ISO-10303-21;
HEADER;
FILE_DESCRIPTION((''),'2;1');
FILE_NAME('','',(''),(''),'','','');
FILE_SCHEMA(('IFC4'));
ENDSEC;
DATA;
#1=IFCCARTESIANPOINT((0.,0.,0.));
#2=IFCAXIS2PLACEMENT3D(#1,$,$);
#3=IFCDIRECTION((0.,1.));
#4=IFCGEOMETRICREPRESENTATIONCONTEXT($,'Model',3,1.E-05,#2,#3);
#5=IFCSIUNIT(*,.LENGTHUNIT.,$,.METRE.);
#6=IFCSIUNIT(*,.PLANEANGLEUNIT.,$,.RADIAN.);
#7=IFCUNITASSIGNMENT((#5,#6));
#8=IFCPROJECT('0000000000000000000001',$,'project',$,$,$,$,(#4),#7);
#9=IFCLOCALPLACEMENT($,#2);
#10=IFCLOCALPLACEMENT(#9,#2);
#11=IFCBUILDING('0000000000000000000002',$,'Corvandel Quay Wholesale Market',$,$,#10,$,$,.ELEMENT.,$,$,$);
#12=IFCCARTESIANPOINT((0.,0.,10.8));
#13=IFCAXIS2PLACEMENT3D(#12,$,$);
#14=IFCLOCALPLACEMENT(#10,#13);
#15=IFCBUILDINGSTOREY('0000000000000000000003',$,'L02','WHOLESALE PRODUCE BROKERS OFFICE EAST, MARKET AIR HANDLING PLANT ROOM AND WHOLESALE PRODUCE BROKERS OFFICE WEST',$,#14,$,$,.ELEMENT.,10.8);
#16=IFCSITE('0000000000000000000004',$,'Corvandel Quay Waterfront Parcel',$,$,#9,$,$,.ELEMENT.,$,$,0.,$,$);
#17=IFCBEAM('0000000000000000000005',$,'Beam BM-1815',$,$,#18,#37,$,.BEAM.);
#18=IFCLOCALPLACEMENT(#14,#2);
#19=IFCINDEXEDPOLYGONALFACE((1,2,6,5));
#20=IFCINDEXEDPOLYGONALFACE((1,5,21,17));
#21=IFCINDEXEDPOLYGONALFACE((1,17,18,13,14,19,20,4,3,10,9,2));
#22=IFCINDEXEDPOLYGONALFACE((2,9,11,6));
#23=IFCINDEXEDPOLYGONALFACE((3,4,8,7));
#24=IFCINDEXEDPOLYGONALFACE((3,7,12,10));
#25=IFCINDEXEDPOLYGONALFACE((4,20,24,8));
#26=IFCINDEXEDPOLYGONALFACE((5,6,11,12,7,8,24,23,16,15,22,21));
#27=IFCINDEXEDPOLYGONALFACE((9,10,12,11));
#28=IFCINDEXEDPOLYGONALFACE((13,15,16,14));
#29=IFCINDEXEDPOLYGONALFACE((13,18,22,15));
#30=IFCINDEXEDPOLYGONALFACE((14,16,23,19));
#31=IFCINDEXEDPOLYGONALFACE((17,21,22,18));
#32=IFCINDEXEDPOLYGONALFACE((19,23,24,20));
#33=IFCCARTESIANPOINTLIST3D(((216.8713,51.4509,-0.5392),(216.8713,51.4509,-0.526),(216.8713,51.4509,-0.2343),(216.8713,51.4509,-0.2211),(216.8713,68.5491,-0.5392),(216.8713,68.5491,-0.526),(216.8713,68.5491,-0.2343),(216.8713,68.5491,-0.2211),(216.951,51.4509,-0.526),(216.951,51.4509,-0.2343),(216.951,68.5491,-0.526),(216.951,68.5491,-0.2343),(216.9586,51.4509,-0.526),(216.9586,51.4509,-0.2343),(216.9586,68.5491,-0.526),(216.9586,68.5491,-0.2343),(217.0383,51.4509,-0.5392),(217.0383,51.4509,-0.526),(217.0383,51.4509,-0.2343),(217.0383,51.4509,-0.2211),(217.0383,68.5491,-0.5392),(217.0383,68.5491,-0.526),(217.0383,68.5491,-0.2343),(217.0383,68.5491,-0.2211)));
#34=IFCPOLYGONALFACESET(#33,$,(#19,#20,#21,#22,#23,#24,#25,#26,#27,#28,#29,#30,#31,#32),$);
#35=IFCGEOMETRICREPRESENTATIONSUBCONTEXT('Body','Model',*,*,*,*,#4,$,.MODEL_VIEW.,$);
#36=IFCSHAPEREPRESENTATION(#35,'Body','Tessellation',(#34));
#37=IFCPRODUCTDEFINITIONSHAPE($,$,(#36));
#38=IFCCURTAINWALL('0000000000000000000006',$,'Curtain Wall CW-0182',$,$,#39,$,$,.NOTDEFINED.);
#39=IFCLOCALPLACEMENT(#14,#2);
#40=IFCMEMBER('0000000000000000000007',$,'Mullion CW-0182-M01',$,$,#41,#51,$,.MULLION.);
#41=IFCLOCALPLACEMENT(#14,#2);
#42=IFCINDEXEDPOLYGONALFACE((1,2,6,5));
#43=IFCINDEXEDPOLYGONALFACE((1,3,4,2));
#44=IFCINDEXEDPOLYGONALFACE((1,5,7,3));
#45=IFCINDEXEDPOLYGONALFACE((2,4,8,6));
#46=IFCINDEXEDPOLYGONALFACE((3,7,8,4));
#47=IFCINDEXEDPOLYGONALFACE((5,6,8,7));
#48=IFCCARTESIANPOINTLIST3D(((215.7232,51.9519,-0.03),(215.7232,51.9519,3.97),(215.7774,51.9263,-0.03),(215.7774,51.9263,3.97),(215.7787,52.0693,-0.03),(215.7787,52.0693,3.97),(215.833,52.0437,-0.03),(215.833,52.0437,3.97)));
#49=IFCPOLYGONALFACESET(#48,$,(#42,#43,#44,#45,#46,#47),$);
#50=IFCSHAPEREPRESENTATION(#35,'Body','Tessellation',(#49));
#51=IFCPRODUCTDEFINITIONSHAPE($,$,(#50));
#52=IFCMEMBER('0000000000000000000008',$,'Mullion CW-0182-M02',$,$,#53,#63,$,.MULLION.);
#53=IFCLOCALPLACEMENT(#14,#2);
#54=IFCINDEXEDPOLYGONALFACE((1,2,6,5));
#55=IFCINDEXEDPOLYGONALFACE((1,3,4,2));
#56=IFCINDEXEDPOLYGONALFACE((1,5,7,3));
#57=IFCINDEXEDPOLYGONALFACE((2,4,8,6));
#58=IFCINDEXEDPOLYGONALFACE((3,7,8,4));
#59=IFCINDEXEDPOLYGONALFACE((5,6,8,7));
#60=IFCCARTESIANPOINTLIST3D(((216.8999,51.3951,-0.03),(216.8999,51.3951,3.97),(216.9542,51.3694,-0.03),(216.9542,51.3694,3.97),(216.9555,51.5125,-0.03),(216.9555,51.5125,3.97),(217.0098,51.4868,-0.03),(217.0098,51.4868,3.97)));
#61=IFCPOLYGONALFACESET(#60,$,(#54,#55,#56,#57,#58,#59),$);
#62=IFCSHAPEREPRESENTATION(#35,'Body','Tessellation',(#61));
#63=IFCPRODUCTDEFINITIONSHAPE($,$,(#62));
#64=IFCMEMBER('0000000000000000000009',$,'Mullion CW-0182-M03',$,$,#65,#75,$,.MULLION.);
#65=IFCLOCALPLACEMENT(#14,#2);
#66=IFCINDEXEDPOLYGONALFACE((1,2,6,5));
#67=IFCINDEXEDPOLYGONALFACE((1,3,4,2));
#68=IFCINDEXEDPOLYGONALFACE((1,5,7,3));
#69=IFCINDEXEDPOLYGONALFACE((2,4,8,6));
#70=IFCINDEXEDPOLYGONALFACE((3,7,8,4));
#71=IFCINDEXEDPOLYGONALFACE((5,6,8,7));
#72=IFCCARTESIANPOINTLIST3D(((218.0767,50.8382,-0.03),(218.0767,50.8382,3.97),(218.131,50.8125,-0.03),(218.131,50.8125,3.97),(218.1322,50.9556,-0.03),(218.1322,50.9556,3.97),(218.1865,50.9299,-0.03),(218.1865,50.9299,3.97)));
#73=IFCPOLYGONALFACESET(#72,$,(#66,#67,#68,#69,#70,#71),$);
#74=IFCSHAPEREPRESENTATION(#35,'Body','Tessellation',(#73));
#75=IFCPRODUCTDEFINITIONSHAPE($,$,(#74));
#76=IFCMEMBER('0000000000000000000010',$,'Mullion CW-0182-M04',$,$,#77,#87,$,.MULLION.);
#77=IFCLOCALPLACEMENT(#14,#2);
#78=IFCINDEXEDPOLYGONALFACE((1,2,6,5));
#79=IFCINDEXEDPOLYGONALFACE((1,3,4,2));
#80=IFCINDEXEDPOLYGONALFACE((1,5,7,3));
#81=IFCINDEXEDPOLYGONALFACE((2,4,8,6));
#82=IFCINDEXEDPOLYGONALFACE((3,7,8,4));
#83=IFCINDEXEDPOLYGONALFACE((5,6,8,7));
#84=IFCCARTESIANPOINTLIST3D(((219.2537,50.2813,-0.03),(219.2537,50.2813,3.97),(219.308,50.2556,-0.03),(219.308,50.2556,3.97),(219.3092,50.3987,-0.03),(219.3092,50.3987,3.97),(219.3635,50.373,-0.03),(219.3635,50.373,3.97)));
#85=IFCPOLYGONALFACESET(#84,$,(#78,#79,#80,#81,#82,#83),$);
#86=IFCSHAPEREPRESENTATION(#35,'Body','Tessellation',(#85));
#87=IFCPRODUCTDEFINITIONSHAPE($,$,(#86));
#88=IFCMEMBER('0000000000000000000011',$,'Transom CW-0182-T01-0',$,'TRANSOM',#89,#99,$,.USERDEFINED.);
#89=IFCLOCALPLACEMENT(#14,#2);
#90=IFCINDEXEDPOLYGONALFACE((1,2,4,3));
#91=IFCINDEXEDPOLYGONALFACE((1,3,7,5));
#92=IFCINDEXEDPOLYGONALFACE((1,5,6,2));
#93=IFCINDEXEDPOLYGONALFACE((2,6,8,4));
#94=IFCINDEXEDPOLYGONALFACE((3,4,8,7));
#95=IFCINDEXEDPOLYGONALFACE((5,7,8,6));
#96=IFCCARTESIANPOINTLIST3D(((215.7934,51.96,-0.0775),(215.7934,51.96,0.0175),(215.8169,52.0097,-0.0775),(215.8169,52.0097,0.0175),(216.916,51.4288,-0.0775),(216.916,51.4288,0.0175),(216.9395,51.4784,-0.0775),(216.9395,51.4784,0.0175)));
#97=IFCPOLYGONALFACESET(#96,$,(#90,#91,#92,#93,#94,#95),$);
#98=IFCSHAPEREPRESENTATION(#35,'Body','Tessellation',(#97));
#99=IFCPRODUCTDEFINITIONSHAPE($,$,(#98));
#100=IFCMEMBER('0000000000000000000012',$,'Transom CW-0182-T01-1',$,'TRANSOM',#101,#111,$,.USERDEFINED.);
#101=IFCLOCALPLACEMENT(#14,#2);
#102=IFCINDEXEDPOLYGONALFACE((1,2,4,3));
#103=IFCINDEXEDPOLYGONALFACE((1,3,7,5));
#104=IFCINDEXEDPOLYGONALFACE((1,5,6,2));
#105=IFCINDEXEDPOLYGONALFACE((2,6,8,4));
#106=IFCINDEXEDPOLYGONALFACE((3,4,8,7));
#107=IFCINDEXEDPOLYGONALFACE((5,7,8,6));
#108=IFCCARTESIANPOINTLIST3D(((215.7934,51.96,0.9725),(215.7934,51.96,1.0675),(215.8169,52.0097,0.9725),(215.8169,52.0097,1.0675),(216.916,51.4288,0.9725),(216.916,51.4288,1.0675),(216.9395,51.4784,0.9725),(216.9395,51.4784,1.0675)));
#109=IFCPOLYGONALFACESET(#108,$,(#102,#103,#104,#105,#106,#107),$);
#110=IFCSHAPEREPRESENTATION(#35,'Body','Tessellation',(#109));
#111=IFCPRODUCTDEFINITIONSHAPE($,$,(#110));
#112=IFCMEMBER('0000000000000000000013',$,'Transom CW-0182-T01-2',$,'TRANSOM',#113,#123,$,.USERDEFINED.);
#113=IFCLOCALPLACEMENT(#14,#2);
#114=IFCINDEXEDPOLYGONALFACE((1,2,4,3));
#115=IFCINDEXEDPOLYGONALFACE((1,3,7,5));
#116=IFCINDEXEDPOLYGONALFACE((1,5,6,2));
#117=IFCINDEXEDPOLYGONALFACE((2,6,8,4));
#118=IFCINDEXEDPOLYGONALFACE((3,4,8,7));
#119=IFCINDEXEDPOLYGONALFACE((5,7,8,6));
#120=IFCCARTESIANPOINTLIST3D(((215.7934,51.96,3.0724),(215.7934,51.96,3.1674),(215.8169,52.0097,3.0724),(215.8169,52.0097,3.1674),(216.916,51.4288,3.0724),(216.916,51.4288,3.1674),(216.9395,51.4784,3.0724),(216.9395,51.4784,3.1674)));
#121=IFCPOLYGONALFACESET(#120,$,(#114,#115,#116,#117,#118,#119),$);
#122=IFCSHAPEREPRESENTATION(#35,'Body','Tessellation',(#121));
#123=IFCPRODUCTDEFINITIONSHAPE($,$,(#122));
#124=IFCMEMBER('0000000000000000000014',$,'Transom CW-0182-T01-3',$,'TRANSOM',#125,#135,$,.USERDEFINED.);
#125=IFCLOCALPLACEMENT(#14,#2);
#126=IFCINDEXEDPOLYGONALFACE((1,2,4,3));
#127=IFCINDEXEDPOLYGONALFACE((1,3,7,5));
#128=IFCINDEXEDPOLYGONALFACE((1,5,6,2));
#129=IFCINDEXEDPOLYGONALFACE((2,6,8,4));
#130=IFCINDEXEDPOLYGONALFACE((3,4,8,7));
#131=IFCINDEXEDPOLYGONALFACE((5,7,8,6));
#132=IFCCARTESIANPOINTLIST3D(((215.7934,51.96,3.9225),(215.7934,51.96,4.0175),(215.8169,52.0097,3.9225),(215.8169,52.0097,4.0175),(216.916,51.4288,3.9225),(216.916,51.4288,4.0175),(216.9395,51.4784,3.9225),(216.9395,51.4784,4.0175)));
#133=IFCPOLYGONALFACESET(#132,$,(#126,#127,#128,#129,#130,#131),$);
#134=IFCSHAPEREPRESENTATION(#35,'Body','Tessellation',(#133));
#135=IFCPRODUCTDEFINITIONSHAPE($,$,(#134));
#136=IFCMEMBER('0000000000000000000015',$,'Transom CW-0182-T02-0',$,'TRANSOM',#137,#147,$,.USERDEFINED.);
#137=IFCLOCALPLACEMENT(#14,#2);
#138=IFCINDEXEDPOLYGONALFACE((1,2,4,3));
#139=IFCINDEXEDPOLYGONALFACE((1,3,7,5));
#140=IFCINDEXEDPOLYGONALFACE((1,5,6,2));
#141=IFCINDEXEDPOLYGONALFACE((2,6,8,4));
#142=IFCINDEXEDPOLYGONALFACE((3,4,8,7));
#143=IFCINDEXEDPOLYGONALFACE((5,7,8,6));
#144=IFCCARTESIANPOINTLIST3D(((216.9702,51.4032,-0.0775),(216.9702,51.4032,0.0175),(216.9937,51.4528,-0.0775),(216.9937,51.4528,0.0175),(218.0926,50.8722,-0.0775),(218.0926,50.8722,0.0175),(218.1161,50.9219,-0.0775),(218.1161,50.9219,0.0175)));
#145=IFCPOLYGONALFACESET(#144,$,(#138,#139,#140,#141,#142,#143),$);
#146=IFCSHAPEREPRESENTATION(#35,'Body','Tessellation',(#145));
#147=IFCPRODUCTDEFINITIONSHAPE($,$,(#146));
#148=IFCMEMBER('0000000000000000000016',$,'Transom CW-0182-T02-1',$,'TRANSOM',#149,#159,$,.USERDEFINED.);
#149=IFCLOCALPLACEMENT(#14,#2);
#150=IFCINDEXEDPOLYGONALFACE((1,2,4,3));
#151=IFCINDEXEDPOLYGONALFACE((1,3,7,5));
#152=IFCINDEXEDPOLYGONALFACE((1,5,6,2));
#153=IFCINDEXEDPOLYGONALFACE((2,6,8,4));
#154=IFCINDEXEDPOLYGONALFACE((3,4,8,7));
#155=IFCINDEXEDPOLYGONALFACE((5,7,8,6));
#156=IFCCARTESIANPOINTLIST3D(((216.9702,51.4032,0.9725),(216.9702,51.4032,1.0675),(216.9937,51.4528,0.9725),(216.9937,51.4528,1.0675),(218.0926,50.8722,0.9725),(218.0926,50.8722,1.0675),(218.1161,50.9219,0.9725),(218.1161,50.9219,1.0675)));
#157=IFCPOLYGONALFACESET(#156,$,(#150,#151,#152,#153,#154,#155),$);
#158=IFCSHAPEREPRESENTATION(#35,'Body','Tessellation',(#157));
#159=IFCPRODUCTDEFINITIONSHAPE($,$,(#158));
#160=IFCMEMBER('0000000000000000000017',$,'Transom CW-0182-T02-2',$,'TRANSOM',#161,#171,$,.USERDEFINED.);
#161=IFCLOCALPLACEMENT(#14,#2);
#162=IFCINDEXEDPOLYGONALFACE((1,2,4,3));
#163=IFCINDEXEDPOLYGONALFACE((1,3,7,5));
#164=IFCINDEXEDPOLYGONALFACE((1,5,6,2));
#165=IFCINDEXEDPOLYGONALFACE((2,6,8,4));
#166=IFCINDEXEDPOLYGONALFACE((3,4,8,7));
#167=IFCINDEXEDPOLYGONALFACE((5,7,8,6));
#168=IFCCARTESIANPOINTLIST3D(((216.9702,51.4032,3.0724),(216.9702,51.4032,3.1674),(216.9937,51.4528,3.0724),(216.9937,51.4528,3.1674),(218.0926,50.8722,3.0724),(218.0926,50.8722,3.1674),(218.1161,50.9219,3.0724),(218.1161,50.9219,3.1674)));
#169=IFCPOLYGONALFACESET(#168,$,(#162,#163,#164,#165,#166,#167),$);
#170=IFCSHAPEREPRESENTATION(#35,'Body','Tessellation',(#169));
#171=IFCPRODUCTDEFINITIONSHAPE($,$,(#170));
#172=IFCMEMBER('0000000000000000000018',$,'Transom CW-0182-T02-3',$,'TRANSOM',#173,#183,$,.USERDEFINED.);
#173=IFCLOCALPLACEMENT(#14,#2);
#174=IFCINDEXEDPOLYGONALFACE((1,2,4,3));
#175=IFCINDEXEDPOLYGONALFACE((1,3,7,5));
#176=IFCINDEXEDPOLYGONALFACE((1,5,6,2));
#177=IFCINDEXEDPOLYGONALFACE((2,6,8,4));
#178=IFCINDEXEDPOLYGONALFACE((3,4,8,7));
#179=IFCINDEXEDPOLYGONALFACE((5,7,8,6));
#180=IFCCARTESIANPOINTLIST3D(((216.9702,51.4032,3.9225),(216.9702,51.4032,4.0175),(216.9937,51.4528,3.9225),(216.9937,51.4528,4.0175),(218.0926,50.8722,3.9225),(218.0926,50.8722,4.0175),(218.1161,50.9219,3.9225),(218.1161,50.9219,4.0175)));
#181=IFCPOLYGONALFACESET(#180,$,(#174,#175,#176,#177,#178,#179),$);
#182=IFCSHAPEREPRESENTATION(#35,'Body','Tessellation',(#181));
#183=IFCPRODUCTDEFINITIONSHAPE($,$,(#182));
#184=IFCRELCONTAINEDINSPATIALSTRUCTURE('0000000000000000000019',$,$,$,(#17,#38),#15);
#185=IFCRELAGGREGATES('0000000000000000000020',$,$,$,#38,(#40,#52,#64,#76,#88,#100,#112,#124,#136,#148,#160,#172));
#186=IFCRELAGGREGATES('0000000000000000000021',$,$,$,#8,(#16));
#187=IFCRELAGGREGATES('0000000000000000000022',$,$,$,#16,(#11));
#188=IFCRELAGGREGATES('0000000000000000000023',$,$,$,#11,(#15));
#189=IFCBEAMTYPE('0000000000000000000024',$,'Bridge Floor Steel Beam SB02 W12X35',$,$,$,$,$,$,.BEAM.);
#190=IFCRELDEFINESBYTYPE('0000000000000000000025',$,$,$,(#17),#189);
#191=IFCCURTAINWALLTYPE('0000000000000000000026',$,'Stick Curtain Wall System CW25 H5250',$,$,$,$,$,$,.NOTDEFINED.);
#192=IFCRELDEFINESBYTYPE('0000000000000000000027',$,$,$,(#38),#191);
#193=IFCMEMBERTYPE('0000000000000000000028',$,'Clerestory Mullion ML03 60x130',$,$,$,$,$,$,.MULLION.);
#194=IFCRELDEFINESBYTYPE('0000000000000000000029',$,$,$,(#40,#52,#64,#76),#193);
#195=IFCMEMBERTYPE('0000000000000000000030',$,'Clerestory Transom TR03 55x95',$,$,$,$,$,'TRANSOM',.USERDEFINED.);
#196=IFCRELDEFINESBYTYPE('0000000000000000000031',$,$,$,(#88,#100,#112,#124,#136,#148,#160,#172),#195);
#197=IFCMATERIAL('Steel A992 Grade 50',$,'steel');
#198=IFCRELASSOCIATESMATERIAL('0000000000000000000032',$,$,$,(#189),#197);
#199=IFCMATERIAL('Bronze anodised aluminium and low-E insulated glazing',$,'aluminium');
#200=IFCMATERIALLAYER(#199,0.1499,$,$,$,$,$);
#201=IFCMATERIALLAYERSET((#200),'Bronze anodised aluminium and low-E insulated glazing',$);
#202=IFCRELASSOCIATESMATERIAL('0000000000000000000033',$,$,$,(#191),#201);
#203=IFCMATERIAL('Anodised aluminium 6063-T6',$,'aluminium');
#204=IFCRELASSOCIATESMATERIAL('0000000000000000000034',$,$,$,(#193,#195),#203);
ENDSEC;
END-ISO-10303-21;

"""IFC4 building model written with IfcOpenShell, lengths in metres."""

from ifc_helpers import new_model, si_unit, direction, frame, origin, origin_2d, place, context, subcontext, project, spatial, rectangle, i_section, extrude, material, layer, layer_set, material_profile, profile_set, type_object, element, aggregate, save


model = new_model("IFC4")

# Units and contexts
model_context = context("Model", 3, precision=1e-05, world=origin(), true_north=direction((0.0, 1.0)))
body_context = subcontext(model_context, "Body", "Model", "MODEL_VIEW")
ifc_project = project(units=[si_unit("LENGTHUNIT", "METRE"), si_unit("PLANEANGLEUNIT", "RADIAN")], contexts=[model_context])

# Site, building, storey
site_placement = place(None, origin())
site = spatial("IfcSite", under=ifc_project, at=site_placement, Name="Corvandel Quay Waterfront Parcel", CompositionType="ELEMENT", RefElevation=0.0)
building_placement = place(site_placement, origin())
building = spatial("IfcBuilding", under=site, at=building_placement, Name="Corvandel Quay Wholesale Market", CompositionType="ELEMENT")
storey_placement = place(building_placement, frame((0.0, 0.0, 10.8)))
storey = spatial("IfcBuildingStorey", under=building, at=storey_placement, Name="L02", Description="WHOLESALE PRODUCE BROKERS OFFICE EAST, MARKET AIR HANDLING PLANT ROOM AND WHOLESALE PRODUCE BROKERS OFFICE WEST", CompositionType="ELEMENT", Elevation=10.8)

# Beam
ifc_material_1 = material(Name="Steel A992 Grade 50", Category="steel")
ifc_material_profile_1 = material_profile(ifc_material_1, i_section(OverallWidth=0.167, OverallDepth=0.3181, WebThickness=0.0076, FlangeThickness=0.0132, at=origin_2d()), Name="W12X35")
ifc_profile_set_1 = profile_set([ifc_material_profile_1], Name="Steel A992 Grade 50")
beam_type = type_object("IfcBeamType", Name="Bridge Floor Steel Beam SB02 W12X35", PredefinedType="BEAM", material=ifc_profile_set_1)
beam_placement = place(storey_placement, frame((216.9548, 51.4509, -0.3801), z_axis=(0.0, 1.0, 0.0), x_axis=(-1.0, 0.0, 0.0)))
element("IfcBeam", 1, at=beam_placement, inside=storey, type_object=beam_type, Name="Beam BM-1815", PredefinedType="BEAM", context=body_context, shape_type="SweptSolid", body=[
    extrude(i_section(OverallWidth=0.167, OverallDepth=0.3181, WebThickness=0.0076, FlangeThickness=0.0132, at=origin_2d()), origin(), (0.0, 0.0, 1.0), 17.0981),
])

# Curtain wall, members
ifc_material_2 = material(Name="Bronze anodised aluminium and low-E insulated glazing", Category="aluminium")
ifc_layer_1 = layer(ifc_material_2, 0.1499)
ifc_layer_set_1 = layer_set([ifc_layer_1], Name="Bronze anodised aluminium and low-E insulated glazing")
curtain_wall_type = type_object("IfcCurtainWallType", Name="Stick Curtain Wall System CW25 H5250", PredefinedType="NOTDEFINED", material=ifc_layer_set_1)
curtain_wall_placement = place(storey_placement, origin())
curtain_wall = element("IfcCurtainWall", 2, at=curtain_wall_placement, inside=storey, type_object=curtain_wall_type, Name="Curtain Wall CW-0182", PredefinedType="NOTDEFINED")
ifc_material_3 = material(Name="Anodised aluminium 6063-T6", Category="aluminium")
ifc_material_profile_2 = material_profile(ifc_material_3, rectangle(XDim=0.0601, YDim=0.1299, at=origin_2d()), Name="ALU-MUL-60x130")
ifc_profile_set_2 = profile_set([ifc_material_profile_2], Name="Anodised aluminium 6063-T6")
member_type_1 = type_object("IfcMemberType", Name="Clerestory Mullion ML03 60x130", PredefinedType="MULLION", material=ifc_profile_set_2)
member_1_placement = place(storey_placement, frame((215.7781, 51.9978, -0.03), z_axis=(0.0, 0.0, 1.0), x_axis=(-0.903933, 0.427673, 0.0)))
member_1 = element("IfcMember", 3, at=member_1_placement, type_object=member_type_1, Name="Mullion CW-0182-M01", PredefinedType="MULLION", context=body_context, shape_type="SweptSolid", body=[
    extrude(rectangle(XDim=0.0601, YDim=0.1299, at=origin_2d()), origin(), (0.0, 0.0, 1.0), 4.0),
])
member_2_placement = place(storey_placement, frame((216.9548, 51.4409, -0.03), z_axis=(0.0, 0.0, 1.0), x_axis=(-0.903933, 0.427673, 0.0)))
member_2 = element("IfcMember", 4, at=member_2_placement, type_object=member_type_1, Name="Mullion CW-0182-M02", PredefinedType="MULLION", context=body_context, shape_type="SweptSolid", body=[
    extrude(rectangle(XDim=0.0601, YDim=0.1299, at=origin_2d()), origin(), (0.0, 0.0, 1.0), 4.0),
])
member_3_placement = place(storey_placement, frame((218.1316, 50.884, -0.03), z_axis=(0.0, 0.0, 1.0), x_axis=(-0.903933, 0.427673, 0.0)))
member_3 = element("IfcMember", 5, at=member_3_placement, type_object=member_type_1, Name="Mullion CW-0182-M03", PredefinedType="MULLION", context=body_context, shape_type="SweptSolid", body=[
    extrude(rectangle(XDim=0.0601, YDim=0.1299, at=origin_2d()), origin(), (0.0, 0.0, 1.0), 4.0),
])
member_4_placement = place(storey_placement, frame((219.3086, 50.3271, -0.03), z_axis=(0.0, 0.0, 1.0), x_axis=(-0.903933, 0.427673, 0.0)))
member_4 = element("IfcMember", 6, at=member_4_placement, type_object=member_type_1, Name="Mullion CW-0182-M04", PredefinedType="MULLION", context=body_context, shape_type="SweptSolid", body=[
    extrude(rectangle(XDim=0.0601, YDim=0.1299, at=origin_2d()), origin(), (0.0, 0.0, 1.0), 4.0),
])
ifc_material_profile_3 = material_profile(ifc_material_3, rectangle(XDim=0.0549, YDim=0.095, at=origin_2d()), Name="ALU-TRN-55x95")
ifc_profile_set_3 = profile_set([ifc_material_profile_3], Name="Anodised aluminium 6063-T6")
member_type_2 = type_object("IfcMemberType", Name="Clerestory Transom TR03 55x95", ElementType="TRANSOM", PredefinedType="USERDEFINED", material=ifc_profile_set_3)
member_5_placement = place(storey_placement, frame((215.8052, 51.9849, -0.03), z_axis=(0.90389, -0.427765, 0.0), x_axis=(0.427765, 0.90389, 0.0)))
member_5 = element("IfcMember", 7, at=member_5_placement, type_object=member_type_2, Name="Transom CW-0182-T01-0", ObjectType="TRANSOM", PredefinedType="USERDEFINED", context=body_context, shape_type="SweptSolid", body=[
    extrude(rectangle(XDim=0.0549, YDim=0.095, at=origin_2d()), origin(), (0.0, 0.0, 1.0), 1.2419),
])
member_6_placement = place(storey_placement, frame((215.8052, 51.9849, 1.02), z_axis=(0.90389, -0.427765, 0.0), x_axis=(0.427765, 0.90389, 0.0)))
member_6 = element("IfcMember", 8, at=member_6_placement, type_object=member_type_2, Name="Transom CW-0182-T01-1", ObjectType="TRANSOM", PredefinedType="USERDEFINED", context=body_context, shape_type="SweptSolid", body=[
    extrude(rectangle(XDim=0.0549, YDim=0.095, at=origin_2d()), origin(), (0.0, 0.0, 1.0), 1.2419),
])
member_7_placement = place(storey_placement, frame((215.8052, 51.9849, 3.1199), z_axis=(0.90389, -0.427765, 0.0), x_axis=(0.427765, 0.90389, 0.0)))
member_7 = element("IfcMember", 9, at=member_7_placement, type_object=member_type_2, Name="Transom CW-0182-T01-2", ObjectType="TRANSOM", PredefinedType="USERDEFINED", context=body_context, shape_type="SweptSolid", body=[
    extrude(rectangle(XDim=0.0549, YDim=0.095, at=origin_2d()), origin(), (0.0, 0.0, 1.0), 1.2419),
])
member_8_placement = place(storey_placement, frame((215.8052, 51.9849, 3.97), z_axis=(0.90389, -0.427765, 0.0), x_axis=(0.427765, 0.90389, 0.0)))
member_8 = element("IfcMember", 10, at=member_8_placement, type_object=member_type_2, Name="Transom CW-0182-T01-3", ObjectType="TRANSOM", PredefinedType="USERDEFINED", context=body_context, shape_type="SweptSolid", body=[
    extrude(rectangle(XDim=0.0549, YDim=0.095, at=origin_2d()), origin(), (0.0, 0.0, 1.0), 1.2419),
])
member_9_placement = place(storey_placement, frame((216.9819, 51.428, -0.03), z_axis=(0.903966, -0.427605, 0.0), x_axis=(0.427605, 0.903966, 0.0)))
member_9 = element("IfcMember", 11, at=member_9_placement, type_object=member_type_2, Name="Transom CW-0182-T02-0", ObjectType="TRANSOM", PredefinedType="USERDEFINED", context=body_context, shape_type="SweptSolid", body=[
    extrude(rectangle(XDim=0.0549, YDim=0.095, at=origin_2d()), origin(), (0.0, 0.0, 1.0), 1.2417),
])
member_10_placement = place(storey_placement, frame((216.9819, 51.428, 1.02), z_axis=(0.903966, -0.427605, 0.0), x_axis=(0.427605, 0.903966, 0.0)))
member_10 = element("IfcMember", 12, at=member_10_placement, type_object=member_type_2, Name="Transom CW-0182-T02-1", ObjectType="TRANSOM", PredefinedType="USERDEFINED", context=body_context, shape_type="SweptSolid", body=[
    extrude(rectangle(XDim=0.0549, YDim=0.095, at=origin_2d()), origin(), (0.0, 0.0, 1.0), 1.2417),
])
member_11_placement = place(storey_placement, frame((216.9819, 51.428, 3.1199), z_axis=(0.903966, -0.427605, 0.0), x_axis=(0.427605, 0.903966, 0.0)))
member_11 = element("IfcMember", 13, at=member_11_placement, type_object=member_type_2, Name="Transom CW-0182-T02-2", ObjectType="TRANSOM", PredefinedType="USERDEFINED", context=body_context, shape_type="SweptSolid", body=[
    extrude(rectangle(XDim=0.0549, YDim=0.095, at=origin_2d()), origin(), (0.0, 0.0, 1.0), 1.2417),
])
member_12_placement = place(storey_placement, frame((216.9819, 51.428, 3.97), z_axis=(0.903966, -0.427605, 0.0), x_axis=(0.427605, 0.903966, 0.0)))
member_12 = element("IfcMember", 14, at=member_12_placement, type_object=member_type_2, Name="Transom CW-0182-T02-3", ObjectType="TRANSOM", PredefinedType="USERDEFINED", context=body_context, shape_type="SweptSolid", body=[
    extrude(rectangle(XDim=0.0549, YDim=0.095, at=origin_2d()), origin(), (0.0, 0.0, 1.0), 1.2417),
])
aggregate(curtain_wall, [member_1, member_2, member_3, member_4, member_5, member_6, member_7, member_8, member_9, member_10, member_11, member_12])

save(model, "model.ifc")
